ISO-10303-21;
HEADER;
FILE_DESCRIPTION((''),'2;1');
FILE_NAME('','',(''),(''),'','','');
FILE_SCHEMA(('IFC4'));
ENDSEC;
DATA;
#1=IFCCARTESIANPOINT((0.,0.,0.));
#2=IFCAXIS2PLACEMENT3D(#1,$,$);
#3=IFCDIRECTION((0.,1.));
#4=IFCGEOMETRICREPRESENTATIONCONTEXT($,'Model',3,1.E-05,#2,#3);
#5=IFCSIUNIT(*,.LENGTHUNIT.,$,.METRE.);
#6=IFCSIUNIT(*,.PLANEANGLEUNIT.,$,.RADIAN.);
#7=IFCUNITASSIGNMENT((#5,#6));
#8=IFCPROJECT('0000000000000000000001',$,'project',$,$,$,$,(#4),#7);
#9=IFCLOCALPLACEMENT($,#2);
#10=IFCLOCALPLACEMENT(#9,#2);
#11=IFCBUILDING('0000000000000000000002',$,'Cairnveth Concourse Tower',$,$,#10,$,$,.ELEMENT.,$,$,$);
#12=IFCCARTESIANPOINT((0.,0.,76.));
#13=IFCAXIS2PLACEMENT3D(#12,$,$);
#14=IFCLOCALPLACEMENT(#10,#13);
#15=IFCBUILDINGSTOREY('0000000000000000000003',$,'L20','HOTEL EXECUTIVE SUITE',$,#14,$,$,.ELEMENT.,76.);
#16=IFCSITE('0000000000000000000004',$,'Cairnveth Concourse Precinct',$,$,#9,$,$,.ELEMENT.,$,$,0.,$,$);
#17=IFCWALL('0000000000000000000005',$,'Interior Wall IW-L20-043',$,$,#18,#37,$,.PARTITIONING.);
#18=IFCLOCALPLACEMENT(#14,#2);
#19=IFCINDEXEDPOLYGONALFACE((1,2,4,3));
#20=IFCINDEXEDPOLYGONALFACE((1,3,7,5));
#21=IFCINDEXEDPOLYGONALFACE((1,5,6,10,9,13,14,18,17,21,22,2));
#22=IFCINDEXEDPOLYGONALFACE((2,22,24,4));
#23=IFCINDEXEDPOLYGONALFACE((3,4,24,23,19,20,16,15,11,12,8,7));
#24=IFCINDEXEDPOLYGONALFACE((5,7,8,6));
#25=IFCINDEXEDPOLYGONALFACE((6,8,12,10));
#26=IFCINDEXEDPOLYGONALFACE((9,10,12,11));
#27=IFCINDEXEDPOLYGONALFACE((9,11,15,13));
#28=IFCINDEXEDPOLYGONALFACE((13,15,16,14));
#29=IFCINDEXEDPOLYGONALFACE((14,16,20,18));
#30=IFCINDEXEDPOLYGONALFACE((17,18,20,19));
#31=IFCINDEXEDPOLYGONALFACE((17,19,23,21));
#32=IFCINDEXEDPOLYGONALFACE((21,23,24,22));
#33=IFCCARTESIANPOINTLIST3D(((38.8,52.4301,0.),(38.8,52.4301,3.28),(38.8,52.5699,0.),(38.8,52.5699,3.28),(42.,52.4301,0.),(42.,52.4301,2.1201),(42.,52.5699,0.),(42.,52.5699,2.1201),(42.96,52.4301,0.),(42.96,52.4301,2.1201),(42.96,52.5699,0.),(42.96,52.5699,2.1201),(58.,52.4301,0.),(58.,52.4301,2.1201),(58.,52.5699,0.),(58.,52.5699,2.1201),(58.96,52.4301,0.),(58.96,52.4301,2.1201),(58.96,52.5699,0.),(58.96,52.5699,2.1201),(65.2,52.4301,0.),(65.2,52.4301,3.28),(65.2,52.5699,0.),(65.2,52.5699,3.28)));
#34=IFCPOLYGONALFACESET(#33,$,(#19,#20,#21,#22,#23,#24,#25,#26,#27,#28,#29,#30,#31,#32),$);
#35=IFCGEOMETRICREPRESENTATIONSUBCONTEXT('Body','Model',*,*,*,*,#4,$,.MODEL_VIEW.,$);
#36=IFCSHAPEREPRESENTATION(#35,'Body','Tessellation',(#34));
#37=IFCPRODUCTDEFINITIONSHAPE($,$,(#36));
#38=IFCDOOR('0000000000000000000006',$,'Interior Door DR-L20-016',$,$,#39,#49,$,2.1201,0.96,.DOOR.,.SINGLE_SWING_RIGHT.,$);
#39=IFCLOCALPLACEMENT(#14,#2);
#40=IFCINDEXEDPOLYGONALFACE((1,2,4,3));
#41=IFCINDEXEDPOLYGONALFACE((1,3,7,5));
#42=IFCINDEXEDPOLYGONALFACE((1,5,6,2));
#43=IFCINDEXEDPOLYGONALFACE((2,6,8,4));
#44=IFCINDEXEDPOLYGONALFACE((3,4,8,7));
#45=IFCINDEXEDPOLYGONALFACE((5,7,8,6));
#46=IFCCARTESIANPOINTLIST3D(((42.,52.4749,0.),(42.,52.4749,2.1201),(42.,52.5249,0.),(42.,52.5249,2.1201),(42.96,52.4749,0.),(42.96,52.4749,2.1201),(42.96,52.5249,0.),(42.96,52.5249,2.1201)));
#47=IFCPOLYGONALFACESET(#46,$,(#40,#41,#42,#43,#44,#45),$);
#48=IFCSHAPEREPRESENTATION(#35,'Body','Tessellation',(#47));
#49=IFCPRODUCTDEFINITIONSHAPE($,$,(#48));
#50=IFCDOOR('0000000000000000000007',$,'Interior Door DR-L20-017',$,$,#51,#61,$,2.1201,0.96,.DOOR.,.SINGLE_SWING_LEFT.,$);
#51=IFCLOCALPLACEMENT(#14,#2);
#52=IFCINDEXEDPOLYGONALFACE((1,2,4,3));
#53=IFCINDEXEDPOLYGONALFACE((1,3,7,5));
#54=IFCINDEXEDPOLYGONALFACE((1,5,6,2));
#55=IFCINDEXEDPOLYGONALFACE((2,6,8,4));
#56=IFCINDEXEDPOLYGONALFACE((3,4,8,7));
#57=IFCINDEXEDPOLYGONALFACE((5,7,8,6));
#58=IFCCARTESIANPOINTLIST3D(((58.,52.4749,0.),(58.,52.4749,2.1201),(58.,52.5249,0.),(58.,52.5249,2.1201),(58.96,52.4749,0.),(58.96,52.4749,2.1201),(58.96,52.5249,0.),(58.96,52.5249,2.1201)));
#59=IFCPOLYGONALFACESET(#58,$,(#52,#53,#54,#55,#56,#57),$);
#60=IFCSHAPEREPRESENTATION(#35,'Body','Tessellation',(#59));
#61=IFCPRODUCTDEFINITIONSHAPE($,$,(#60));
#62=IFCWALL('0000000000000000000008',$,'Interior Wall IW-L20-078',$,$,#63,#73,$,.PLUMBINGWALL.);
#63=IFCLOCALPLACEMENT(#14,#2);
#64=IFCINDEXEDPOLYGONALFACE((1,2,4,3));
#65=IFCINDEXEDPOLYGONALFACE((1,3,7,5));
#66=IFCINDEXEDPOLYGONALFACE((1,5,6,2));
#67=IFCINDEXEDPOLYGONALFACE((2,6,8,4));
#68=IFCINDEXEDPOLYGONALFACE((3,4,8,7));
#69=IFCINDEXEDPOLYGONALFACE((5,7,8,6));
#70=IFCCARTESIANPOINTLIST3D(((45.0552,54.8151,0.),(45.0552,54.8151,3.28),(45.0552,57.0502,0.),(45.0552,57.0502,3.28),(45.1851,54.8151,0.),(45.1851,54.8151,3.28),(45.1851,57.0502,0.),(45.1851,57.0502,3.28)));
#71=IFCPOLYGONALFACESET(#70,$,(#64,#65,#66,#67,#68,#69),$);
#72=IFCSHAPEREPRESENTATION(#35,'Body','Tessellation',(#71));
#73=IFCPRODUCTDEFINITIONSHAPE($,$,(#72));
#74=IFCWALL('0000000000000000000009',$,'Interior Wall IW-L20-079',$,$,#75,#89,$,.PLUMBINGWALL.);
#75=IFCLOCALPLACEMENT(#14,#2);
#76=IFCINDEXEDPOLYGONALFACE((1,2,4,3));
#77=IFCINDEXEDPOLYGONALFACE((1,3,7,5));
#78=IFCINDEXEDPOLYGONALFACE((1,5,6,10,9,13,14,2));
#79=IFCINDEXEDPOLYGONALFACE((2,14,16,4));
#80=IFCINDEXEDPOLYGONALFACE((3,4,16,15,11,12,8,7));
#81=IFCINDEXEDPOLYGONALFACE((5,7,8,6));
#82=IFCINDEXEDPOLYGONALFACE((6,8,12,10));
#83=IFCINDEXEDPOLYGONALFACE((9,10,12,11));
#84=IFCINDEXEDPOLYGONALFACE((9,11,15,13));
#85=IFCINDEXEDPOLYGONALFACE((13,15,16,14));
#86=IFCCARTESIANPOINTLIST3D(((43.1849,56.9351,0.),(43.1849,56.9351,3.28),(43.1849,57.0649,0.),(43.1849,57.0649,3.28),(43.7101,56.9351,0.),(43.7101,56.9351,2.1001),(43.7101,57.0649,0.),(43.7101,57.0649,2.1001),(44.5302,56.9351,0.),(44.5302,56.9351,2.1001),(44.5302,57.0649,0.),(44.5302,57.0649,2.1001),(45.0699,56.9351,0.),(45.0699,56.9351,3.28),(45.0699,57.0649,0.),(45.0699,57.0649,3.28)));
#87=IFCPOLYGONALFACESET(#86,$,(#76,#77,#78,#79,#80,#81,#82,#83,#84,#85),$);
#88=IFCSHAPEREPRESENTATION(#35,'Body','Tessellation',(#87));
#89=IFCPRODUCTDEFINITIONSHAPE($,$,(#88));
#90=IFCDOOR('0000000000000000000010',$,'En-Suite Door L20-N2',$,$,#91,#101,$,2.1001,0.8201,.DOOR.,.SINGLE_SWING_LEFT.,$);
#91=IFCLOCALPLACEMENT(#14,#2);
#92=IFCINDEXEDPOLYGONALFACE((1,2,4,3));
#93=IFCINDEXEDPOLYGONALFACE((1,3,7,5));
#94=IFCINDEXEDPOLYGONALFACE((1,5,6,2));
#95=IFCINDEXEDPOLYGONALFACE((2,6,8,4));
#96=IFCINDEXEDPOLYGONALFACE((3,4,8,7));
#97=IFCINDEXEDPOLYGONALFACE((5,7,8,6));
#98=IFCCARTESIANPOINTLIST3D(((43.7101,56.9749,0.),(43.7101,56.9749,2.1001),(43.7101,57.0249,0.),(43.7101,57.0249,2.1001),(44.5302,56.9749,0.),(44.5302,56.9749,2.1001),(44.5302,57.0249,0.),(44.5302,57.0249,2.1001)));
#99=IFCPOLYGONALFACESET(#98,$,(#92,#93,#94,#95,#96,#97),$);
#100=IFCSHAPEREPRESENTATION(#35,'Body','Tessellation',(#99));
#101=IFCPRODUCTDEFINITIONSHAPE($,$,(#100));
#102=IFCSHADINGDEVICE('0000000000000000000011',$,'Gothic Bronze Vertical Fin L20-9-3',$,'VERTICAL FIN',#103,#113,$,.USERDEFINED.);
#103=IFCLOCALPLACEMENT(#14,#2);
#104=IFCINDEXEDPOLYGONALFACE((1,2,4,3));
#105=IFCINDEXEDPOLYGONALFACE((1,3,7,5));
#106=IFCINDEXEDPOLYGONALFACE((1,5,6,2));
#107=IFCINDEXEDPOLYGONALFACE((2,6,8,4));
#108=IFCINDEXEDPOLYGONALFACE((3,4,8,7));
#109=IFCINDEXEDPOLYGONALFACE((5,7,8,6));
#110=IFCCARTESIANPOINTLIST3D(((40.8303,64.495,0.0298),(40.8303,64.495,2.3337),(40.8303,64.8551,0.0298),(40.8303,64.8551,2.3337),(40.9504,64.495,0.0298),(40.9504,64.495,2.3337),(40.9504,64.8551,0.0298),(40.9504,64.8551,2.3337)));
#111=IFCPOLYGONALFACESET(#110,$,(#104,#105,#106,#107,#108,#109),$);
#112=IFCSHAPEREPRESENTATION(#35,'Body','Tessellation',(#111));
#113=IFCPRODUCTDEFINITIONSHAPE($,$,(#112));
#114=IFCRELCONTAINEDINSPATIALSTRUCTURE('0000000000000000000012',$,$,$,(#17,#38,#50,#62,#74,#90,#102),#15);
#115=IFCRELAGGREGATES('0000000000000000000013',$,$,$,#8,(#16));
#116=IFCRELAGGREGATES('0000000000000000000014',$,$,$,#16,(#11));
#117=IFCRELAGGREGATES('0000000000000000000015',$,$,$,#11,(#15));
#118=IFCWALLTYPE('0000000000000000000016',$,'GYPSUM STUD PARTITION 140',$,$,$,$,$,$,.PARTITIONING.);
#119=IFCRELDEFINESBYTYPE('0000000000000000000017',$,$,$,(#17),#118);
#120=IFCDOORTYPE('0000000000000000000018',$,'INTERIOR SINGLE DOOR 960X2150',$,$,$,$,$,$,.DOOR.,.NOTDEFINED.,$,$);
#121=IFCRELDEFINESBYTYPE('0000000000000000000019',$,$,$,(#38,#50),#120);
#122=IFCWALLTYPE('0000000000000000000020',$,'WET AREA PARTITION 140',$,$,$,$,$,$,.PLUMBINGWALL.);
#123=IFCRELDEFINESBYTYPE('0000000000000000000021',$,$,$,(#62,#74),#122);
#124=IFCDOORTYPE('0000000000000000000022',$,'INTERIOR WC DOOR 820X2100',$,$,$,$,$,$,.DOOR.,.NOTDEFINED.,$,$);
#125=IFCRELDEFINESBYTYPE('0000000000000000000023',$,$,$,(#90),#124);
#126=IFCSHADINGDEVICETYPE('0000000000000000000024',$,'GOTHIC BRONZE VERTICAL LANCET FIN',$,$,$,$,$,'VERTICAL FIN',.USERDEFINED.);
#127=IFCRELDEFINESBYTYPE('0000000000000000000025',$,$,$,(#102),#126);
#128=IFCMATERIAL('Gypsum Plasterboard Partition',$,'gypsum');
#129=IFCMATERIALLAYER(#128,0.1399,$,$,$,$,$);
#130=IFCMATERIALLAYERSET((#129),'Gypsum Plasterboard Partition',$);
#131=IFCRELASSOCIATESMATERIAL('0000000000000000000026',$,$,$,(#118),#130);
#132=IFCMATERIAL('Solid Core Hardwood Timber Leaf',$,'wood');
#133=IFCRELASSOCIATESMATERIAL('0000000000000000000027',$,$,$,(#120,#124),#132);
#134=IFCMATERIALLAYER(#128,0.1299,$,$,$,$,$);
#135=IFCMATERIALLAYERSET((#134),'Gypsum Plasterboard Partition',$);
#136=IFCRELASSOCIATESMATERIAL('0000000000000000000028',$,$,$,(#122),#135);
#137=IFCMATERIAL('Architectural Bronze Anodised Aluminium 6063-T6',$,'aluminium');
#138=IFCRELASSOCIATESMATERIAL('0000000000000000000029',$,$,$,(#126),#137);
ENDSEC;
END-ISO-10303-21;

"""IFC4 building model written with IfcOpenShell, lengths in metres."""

from ifc_helpers import new_model, si_unit, direction, frame, frame_2d, origin, origin_2d, place, context, subcontext, project, spatial, rectangle, extrude, material, layer, layer_set, type_object, element, fill, save


model = new_model("IFC4")

# Units and contexts
model_context = context("Model", 3, precision=1e-05, world=origin(), true_north=direction((0.0, 1.0)))
body_context = subcontext(model_context, "Body", "Model", "MODEL_VIEW")
ifc_project = project(units=[si_unit("LENGTHUNIT", "METRE"), si_unit("PLANEANGLEUNIT", "RADIAN")], contexts=[model_context])

# Site, building, storey
site_placement = place(None, origin())
site = spatial("IfcSite", under=ifc_project, at=site_placement, Name="Cairnveth Concourse Precinct", CompositionType="ELEMENT", RefElevation=0.0)
building_placement = place(site_placement, origin())
building = spatial("IfcBuilding", under=site, at=building_placement, Name="Cairnveth Concourse Tower", CompositionType="ELEMENT")
storey_placement = place(building_placement, frame((0.0, 0.0, 76.0)))
storey = spatial("IfcBuildingStorey", under=building, at=storey_placement, Name="L20", Description="HOTEL EXECUTIVE SUITE", CompositionType="ELEMENT", Elevation=76.0)

# Shared definitions
ifc_material_1 = material(Name="Gypsum Plasterboard Partition", Category="gypsum")
ifc_material_2 = material(Name="Solid Core Hardwood Timber Leaf", Category="wood")

# Wall, openings, doors
ifc_layer_1 = layer(ifc_material_1, 0.1399)
ifc_layer_set_1 = layer_set([ifc_layer_1], Name="Gypsum Plasterboard Partition")
wall_type_1 = type_object("IfcWallType", Name="GYPSUM STUD PARTITION 140", PredefinedType="PARTITIONING", material=ifc_layer_set_1)
wall_1_placement = place(storey_placement, frame((38.8, 52.5, 0.0), z_axis=(0.0, 0.0, 1.0), x_axis=(1.0, 0.0, 0.0)))
wall_1 = element("IfcWall", 1, at=wall_1_placement, inside=storey, type_object=wall_type_1, Name="Interior Wall IW-L20-043", PredefinedType="PARTITIONING", context=body_context, shape_type="SweptSolid", body=[
    extrude(rectangle(XDim=26.3999, YDim=0.1399, at=frame_2d((13.2, 0.0))), origin(), (0.0, 0.0, 1.0), 3.28),
])
opening_1_placement = place(wall_1_placement, frame((3.2, 0.0, 0.0)))
opening_1 = element("IfcOpeningElement", 2, at=opening_1_placement, cuts=wall_1, PredefinedType="OPENING", context=body_context, shape_type="SweptSolid", body=[
    extrude(rectangle(XDim=0.96, YDim=2.1201, at=frame_2d((0.48, 1.0601))), frame((0.0, 0.0798, 0.0), z_axis=(0.0, -1.0, 0.0), x_axis=(1.0, 0.0, 0.0)), (0.0, 0.0, 1.0), 0.1599),
])
opening_2_placement = place(wall_1_placement, frame((19.2, 0.0, 0.0)))
opening_2 = element("IfcOpeningElement", 3, at=opening_2_placement, cuts=wall_1, PredefinedType="OPENING", context=body_context, shape_type="SweptSolid", body=[
    extrude(rectangle(XDim=0.96, YDim=2.1201, at=frame_2d((0.48, 1.0601))), frame((0.0, 0.0798, 0.0), z_axis=(0.0, -1.0, 0.0), x_axis=(1.0, 0.0, 0.0)), (0.0, 0.0, 1.0), 0.1599),
])
door_type_1 = type_object("IfcDoorType", Name="INTERIOR SINGLE DOOR 960X2150", OperationType="NOTDEFINED", PredefinedType="DOOR", material=ifc_material_2)
door_1_placement = place(opening_1_placement, origin())
door_1 = element("IfcDoor", 4, at=door_1_placement, inside=storey, type_object=door_type_1, Name="Interior Door DR-L20-016", OperationType="SINGLE_SWING_RIGHT", OverallHeight=2.1201, OverallWidth=0.96, PredefinedType="DOOR", context=body_context, shape_type="SweptSolid", body=[
    extrude(rectangle(XDim=0.96, YDim=2.1201, at=frame_2d((0.48, 1.0601))), frame((0.0, 0.0249, 0.0), z_axis=(0.0, -1.0, 0.0), x_axis=(1.0, 0.0, 0.0)), (0.0, 0.0, 1.0), 0.05),
])
fill(opening_1, door_1)
door_2_placement = place(opening_2_placement, origin())
door_2 = element("IfcDoor", 5, at=door_2_placement, inside=storey, type_object=door_type_1, Name="Interior Door DR-L20-017", OperationType="SINGLE_SWING_LEFT", OverallHeight=2.1201, OverallWidth=0.96, PredefinedType="DOOR", context=body_context, shape_type="SweptSolid", body=[
    extrude(rectangle(XDim=0.96, YDim=2.1201, at=frame_2d((0.48, 1.0601))), frame((0.0, 0.0249, 0.0), z_axis=(0.0, -1.0, 0.0), x_axis=(1.0, 0.0, 0.0)), (0.0, 0.0, 1.0), 0.05),
])
fill(opening_2, door_2)

# Wall
ifc_layer_2 = layer(ifc_material_1, 0.1299)
ifc_layer_set_2 = layer_set([ifc_layer_2], Name="Gypsum Plasterboard Partition")
wall_type_2 = type_object("IfcWallType", Name="WET AREA PARTITION 140", PredefinedType="PLUMBINGWALL", material=ifc_layer_set_2)
wall_2_placement = place(storey_placement, frame((45.1201, 54.8149, 0.0), z_axis=(0.0, 0.0, 1.0), x_axis=(0.0, 1.0, 0.0)))
element("IfcWall", 6, at=wall_2_placement, inside=storey, type_object=wall_type_2, Name="Interior Wall IW-L20-078", PredefinedType="PLUMBINGWALL", context=body_context, shape_type="SweptSolid", body=[
    extrude(rectangle(XDim=2.2351, YDim=0.1299, at=frame_2d((1.1177, 0.0))), origin(), (0.0, 0.0, 1.0), 3.28),
])

# Wall, opening, door
wall_3_placement = place(storey_placement, frame((43.1851, 57.0, 0.0), z_axis=(0.0, 0.0, 1.0), x_axis=(1.0, 0.0, 0.0)))
wall_3 = element("IfcWall", 7, at=wall_3_placement, inside=storey, type_object=wall_type_2, Name="Interior Wall IW-L20-079", PredefinedType="PLUMBINGWALL", context=body_context, shape_type="SweptSolid", body=[
    extrude(rectangle(XDim=1.885, YDim=0.1299, at=frame_2d((0.9424, 0.0))), origin(), (0.0, 0.0, 1.0), 3.28),
])
opening_3_placement = place(wall_3_placement, frame((0.5249, 0.0, 0.0)))
opening_3 = element("IfcOpeningElement", 8, at=opening_3_placement, cuts=wall_3, PredefinedType="OPENING", context=body_context, shape_type="SweptSolid", body=[
    extrude(rectangle(XDim=0.8201, YDim=2.1001, at=frame_2d((0.4102, 1.05))), frame((0.0, 0.075, 0.0), z_axis=(0.0, -1.0, 0.0), x_axis=(1.0, 0.0, 0.0)), (0.0, 0.0, 1.0), 0.1499),
])
door_type_2 = type_object("IfcDoorType", Name="INTERIOR WC DOOR 820X2100", OperationType="NOTDEFINED", PredefinedType="DOOR", material=ifc_material_2)
door_3_placement = place(opening_3_placement, origin())
door_3 = element("IfcDoor", 9, at=door_3_placement, inside=storey, type_object=door_type_2, Name="En-Suite Door L20-N2", OperationType="SINGLE_SWING_LEFT", OverallHeight=2.1001, OverallWidth=0.8201, PredefinedType="DOOR", context=body_context, shape_type="SweptSolid", body=[
    extrude(rectangle(XDim=0.8201, YDim=2.1001, at=frame_2d((0.4102, 1.05))), frame((0.0, 0.0249, 0.0), z_axis=(0.0, -1.0, 0.0), x_axis=(1.0, 0.0, 0.0)), (0.0, 0.0, 1.0), 0.05),
])
fill(opening_3, door_3)

# Shading device
ifc_material_3 = material(Name="Architectural Bronze Anodised Aluminium 6063-T6", Category="aluminium")
shading_device_type = type_object("IfcShadingDeviceType", Name="GOTHIC BRONZE VERTICAL LANCET FIN", ElementType="VERTICAL FIN", PredefinedType="USERDEFINED", material=ifc_material_3)
shading_device_placement = place(storey_placement, frame((40.8904, 64.675, 0.0298), z_axis=(0.0, 0.0, 1.0), x_axis=(1.0, 0.0, 0.0)))
element("IfcShadingDevice", 10, at=shading_device_placement, inside=storey, type_object=shading_device_type, Name="Gothic Bronze Vertical Fin L20-9-3", ObjectType="VERTICAL FIN", PredefinedType="USERDEFINED", context=body_context, shape_type="SweptSolid", body=[
    extrude(rectangle(XDim=0.1201, YDim=0.3601, at=origin_2d()), origin(), (0.0, 0.0, 1.0), 2.304),
])

save(model, "model.ifc")
